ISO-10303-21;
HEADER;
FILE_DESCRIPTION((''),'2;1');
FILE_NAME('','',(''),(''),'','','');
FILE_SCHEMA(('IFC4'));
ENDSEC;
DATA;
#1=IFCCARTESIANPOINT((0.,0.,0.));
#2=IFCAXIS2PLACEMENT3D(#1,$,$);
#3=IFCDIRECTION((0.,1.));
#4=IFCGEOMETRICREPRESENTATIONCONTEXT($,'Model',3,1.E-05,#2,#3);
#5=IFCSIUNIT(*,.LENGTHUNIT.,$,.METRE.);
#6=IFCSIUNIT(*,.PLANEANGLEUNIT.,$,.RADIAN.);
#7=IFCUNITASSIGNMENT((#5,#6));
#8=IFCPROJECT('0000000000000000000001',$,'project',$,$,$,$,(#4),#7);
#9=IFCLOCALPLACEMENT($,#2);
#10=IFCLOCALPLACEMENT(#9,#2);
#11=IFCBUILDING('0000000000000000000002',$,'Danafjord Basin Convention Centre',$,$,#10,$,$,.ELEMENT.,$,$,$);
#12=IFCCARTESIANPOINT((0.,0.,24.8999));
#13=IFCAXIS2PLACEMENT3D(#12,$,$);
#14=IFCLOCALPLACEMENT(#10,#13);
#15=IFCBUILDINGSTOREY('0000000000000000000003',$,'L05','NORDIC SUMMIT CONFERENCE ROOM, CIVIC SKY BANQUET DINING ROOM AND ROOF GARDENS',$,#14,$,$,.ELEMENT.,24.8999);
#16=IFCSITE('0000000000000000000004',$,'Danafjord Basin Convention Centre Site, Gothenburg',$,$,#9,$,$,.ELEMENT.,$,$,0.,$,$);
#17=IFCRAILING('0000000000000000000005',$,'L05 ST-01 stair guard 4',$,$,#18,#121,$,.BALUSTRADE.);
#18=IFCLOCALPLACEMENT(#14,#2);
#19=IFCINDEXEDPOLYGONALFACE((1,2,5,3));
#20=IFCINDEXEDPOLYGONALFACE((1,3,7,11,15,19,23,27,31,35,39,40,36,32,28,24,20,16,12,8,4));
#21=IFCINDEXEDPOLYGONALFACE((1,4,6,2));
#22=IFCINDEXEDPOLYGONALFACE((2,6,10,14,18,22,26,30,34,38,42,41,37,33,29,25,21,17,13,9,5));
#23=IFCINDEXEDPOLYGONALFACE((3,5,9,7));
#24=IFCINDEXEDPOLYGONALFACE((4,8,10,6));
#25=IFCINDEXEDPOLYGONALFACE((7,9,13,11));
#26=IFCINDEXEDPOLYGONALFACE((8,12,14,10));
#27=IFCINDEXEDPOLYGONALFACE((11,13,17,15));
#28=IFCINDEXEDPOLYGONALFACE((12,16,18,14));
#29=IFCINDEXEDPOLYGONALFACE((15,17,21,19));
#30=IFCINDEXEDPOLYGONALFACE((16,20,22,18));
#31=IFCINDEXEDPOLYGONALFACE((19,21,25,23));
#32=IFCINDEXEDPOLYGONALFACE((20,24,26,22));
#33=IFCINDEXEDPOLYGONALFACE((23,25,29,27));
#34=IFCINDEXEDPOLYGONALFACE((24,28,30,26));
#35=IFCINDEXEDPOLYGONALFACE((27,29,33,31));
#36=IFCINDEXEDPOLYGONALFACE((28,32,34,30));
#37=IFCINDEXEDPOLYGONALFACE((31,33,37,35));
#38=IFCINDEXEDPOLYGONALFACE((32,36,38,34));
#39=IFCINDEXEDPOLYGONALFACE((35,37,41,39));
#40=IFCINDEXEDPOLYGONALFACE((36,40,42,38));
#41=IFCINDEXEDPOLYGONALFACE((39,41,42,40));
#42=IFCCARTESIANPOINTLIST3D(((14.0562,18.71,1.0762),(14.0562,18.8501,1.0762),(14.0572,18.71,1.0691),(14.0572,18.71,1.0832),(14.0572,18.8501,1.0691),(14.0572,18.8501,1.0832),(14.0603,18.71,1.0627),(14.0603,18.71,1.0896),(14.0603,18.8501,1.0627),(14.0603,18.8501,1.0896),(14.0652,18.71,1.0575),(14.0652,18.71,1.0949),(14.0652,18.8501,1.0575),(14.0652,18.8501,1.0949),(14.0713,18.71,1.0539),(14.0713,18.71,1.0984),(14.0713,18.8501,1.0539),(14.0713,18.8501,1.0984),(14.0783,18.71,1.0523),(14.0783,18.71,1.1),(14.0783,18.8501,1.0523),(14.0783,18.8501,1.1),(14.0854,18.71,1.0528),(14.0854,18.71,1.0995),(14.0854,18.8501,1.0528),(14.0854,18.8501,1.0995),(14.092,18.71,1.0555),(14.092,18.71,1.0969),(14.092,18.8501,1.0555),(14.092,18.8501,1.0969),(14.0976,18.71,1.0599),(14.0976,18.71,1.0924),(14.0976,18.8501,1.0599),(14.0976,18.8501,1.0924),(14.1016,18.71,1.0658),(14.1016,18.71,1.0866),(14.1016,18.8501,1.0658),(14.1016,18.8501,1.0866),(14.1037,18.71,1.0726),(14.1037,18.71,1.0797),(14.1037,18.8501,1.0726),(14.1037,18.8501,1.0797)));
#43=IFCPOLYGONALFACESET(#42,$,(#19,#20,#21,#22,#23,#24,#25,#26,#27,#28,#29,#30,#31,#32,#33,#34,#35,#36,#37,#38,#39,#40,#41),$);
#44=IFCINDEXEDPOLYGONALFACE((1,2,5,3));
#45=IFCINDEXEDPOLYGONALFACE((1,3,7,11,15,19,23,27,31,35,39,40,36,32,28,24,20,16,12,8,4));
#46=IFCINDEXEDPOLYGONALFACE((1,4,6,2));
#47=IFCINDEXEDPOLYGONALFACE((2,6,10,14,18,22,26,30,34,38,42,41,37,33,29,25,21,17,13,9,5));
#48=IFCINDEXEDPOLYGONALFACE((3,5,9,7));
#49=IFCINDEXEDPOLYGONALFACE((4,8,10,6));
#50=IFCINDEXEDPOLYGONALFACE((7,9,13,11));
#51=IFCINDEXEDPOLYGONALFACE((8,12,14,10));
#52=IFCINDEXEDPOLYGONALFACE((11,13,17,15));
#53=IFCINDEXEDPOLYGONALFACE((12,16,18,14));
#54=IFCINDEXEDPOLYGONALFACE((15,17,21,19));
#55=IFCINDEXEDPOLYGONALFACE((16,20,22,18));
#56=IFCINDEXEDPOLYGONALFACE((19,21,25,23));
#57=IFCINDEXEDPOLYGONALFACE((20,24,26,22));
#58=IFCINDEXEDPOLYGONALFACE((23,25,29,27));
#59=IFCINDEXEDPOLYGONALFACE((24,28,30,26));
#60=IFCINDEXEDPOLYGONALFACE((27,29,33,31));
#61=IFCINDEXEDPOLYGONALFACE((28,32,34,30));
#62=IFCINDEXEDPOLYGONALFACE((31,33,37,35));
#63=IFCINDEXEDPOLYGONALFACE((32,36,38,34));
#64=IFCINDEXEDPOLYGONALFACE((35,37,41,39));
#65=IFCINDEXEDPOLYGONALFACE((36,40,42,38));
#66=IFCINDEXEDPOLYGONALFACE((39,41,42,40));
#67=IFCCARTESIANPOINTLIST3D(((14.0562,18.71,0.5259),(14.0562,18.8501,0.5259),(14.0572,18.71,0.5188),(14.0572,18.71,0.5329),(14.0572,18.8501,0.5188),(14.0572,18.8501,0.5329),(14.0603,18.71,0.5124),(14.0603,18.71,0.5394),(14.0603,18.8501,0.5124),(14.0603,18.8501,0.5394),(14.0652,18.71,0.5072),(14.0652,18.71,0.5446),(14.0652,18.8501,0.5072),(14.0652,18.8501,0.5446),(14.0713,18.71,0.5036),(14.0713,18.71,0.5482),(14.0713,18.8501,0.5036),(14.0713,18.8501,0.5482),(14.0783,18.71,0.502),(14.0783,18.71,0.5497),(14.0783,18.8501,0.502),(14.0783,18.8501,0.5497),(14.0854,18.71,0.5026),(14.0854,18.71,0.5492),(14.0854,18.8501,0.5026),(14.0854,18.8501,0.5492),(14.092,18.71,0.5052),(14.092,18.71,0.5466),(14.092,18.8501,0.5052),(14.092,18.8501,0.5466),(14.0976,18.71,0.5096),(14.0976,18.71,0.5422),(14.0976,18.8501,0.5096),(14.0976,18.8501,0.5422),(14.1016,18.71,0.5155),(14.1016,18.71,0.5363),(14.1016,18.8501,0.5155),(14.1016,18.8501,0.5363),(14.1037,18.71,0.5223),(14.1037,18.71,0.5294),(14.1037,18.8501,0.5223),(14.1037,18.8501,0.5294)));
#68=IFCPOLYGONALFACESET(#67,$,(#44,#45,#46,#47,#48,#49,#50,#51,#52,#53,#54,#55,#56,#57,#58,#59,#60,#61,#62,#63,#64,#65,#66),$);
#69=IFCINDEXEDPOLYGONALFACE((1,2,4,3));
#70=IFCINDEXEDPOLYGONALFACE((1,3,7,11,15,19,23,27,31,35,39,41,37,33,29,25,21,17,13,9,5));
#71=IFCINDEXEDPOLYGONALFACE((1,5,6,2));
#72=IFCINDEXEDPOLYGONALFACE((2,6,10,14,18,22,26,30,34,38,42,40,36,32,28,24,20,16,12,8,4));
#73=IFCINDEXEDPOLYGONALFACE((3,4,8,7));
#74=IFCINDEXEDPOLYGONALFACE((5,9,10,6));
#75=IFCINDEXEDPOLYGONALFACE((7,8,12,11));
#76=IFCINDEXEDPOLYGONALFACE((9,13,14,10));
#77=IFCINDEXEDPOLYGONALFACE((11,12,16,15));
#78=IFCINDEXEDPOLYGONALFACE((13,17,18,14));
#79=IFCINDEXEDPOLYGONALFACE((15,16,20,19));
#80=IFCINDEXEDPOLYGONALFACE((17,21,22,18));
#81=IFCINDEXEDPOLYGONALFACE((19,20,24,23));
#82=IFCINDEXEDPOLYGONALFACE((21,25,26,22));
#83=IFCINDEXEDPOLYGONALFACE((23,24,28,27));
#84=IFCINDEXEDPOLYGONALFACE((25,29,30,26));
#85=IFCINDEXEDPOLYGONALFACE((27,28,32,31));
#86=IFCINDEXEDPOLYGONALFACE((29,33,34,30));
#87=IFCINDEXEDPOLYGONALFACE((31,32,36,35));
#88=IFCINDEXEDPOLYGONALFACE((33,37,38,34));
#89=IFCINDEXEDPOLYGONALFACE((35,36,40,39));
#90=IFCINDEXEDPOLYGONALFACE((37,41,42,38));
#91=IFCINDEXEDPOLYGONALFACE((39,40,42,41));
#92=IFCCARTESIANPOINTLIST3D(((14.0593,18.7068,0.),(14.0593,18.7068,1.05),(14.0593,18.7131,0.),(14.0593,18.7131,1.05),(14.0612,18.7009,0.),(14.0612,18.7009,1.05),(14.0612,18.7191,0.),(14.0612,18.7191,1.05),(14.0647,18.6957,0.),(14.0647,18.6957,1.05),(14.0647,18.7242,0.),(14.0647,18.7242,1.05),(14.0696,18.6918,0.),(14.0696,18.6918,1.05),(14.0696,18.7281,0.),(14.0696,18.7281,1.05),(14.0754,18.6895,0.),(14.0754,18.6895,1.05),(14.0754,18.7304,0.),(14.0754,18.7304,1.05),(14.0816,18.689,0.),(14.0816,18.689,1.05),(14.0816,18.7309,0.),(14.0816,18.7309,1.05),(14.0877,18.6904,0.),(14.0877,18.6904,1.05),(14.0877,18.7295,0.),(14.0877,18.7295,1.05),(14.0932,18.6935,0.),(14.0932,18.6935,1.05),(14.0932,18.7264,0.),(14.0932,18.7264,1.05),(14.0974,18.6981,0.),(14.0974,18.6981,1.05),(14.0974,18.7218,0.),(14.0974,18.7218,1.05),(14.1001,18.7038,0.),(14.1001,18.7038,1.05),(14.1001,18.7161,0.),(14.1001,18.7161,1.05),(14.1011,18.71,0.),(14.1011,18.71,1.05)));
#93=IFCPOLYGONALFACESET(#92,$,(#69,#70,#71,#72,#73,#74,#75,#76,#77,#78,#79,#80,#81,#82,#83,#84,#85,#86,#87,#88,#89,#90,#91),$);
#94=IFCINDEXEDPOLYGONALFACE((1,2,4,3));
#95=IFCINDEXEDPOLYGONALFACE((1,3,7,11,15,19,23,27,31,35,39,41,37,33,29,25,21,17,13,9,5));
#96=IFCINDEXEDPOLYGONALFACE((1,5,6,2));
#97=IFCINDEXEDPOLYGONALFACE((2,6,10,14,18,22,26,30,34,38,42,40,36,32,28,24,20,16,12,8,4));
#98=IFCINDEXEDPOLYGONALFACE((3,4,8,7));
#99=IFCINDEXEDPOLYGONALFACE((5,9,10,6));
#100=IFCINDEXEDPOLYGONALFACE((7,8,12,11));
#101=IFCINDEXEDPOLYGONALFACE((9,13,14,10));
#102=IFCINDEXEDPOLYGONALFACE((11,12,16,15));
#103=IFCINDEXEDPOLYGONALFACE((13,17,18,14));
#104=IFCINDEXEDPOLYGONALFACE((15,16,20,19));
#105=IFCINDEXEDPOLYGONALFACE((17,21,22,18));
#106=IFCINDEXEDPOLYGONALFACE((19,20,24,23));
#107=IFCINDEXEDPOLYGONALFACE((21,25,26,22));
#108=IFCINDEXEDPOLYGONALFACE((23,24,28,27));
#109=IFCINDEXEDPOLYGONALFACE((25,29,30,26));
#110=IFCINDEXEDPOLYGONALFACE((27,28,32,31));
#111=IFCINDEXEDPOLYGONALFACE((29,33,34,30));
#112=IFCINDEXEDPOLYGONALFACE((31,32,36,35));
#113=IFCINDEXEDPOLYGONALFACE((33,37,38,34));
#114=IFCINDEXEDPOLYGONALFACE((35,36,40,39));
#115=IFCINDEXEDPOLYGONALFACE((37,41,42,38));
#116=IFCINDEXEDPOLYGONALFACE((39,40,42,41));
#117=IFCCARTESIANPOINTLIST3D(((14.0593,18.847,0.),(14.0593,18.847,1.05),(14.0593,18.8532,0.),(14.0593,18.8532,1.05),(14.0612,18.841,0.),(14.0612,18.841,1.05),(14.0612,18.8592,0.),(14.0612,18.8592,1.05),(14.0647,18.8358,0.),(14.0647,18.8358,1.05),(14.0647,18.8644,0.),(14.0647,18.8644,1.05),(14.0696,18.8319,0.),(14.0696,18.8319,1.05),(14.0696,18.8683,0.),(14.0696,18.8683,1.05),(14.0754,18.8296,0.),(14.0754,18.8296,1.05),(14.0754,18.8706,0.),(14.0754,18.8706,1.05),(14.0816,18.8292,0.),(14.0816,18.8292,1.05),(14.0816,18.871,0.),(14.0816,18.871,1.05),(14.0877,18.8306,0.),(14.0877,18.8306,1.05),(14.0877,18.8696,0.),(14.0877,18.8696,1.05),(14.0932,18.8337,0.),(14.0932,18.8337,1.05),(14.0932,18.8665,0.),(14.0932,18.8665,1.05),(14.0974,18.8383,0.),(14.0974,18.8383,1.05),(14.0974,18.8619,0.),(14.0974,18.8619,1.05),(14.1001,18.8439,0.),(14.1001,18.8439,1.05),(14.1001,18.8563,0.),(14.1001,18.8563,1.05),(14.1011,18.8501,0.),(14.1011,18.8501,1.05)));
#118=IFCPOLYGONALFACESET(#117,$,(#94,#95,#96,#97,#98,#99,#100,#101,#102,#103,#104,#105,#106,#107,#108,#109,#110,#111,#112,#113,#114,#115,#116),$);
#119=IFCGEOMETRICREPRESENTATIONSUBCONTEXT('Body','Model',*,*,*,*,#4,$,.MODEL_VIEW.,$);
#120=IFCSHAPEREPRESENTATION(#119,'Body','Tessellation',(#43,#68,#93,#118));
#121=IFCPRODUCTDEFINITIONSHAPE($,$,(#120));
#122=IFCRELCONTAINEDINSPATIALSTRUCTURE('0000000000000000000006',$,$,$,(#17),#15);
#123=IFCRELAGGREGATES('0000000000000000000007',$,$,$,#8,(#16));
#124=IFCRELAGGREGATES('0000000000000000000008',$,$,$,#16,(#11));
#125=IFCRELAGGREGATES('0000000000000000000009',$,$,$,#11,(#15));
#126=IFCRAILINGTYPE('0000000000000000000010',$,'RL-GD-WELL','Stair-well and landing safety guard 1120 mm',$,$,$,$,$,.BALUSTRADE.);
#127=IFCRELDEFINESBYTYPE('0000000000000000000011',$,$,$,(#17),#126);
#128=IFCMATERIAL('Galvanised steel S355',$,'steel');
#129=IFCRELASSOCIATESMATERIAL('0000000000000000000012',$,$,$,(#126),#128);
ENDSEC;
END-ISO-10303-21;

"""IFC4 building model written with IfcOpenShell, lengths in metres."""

from ifc_helpers import new_model, si_unit, direction, frame, origin, origin_2d, place, context, subcontext, project, spatial, circle, extrude, material, type_object, element, save


model = new_model("IFC4")

# Units and contexts
model_context = context("Model", 3, precision=1e-05, world=origin(), true_north=direction((0.0, 1.0)))
body_context = subcontext(model_context, "Body", "Model", "MODEL_VIEW")
ifc_project = project(units=[si_unit("LENGTHUNIT", "METRE"), si_unit("PLANEANGLEUNIT", "RADIAN")], contexts=[model_context])

# Site, building, storey
site_placement = place(None, origin())
site = spatial("IfcSite", under=ifc_project, at=site_placement, Name="Danafjord Basin Convention Centre Site, Gothenburg", CompositionType="ELEMENT", RefElevation=0.0)
building_placement = place(site_placement, origin())
building = spatial("IfcBuilding", under=site, at=building_placement, Name="Danafjord Basin Convention Centre", CompositionType="ELEMENT")
storey_placement = place(building_placement, frame((0.0, 0.0, 24.8999)))
storey = spatial("IfcBuildingStorey", under=building, at=storey_placement, Name="L05", Description="NORDIC SUMMIT CONFERENCE ROOM, CIVIC SKY BANQUET DINING ROOM AND ROOF GARDENS", CompositionType="ELEMENT", Elevation=24.8999)

# Railing
ifc_material_1 = material(Name="Galvanised steel S355", Category="steel")
railing_type_1 = type_object("IfcRailingType", Name="RL-GD-WELL", Description="Stair-well and landing safety guard 1120 mm", PredefinedType="BALUSTRADE", material=ifc_material_1)
railing_1_placement = place(storey_placement, frame((14.0801, 18.71, 0.0)))
element("IfcRailing", 1, at=railing_1_placement, inside=storey, type_object=railing_type_1, Name="L05 ST-01 stair guard 4", PredefinedType="BALUSTRADE", context=body_context, shape_type="SweptSolid", body=[
    extrude(circle(Radius=0.0239, at=origin_2d()), frame((0.0, 0.0, 1.0762), z_axis=(0.0, 1.0, 0.0), x_axis=(-1.0, 0.0, 0.0)), (0.0, 0.0, 1.0), 0.1401),
    extrude(circle(Radius=0.0239, at=origin_2d()), frame((0.0, 0.0, 0.5259), z_axis=(0.0, 1.0, 0.0), x_axis=(-1.0, 0.0, 0.0)), (0.0, 0.0, 1.0), 0.1401),
    extrude(circle(Radius=0.021, at=origin_2d()), origin(), (0.0, 0.0, 1.0), 1.05),
    extrude(circle(Radius=0.021, at=origin_2d()), frame((0.0, 0.1401, 0.0)), (0.0, 0.0, 1.0), 1.05),
])

save(model, "model.ifc")
